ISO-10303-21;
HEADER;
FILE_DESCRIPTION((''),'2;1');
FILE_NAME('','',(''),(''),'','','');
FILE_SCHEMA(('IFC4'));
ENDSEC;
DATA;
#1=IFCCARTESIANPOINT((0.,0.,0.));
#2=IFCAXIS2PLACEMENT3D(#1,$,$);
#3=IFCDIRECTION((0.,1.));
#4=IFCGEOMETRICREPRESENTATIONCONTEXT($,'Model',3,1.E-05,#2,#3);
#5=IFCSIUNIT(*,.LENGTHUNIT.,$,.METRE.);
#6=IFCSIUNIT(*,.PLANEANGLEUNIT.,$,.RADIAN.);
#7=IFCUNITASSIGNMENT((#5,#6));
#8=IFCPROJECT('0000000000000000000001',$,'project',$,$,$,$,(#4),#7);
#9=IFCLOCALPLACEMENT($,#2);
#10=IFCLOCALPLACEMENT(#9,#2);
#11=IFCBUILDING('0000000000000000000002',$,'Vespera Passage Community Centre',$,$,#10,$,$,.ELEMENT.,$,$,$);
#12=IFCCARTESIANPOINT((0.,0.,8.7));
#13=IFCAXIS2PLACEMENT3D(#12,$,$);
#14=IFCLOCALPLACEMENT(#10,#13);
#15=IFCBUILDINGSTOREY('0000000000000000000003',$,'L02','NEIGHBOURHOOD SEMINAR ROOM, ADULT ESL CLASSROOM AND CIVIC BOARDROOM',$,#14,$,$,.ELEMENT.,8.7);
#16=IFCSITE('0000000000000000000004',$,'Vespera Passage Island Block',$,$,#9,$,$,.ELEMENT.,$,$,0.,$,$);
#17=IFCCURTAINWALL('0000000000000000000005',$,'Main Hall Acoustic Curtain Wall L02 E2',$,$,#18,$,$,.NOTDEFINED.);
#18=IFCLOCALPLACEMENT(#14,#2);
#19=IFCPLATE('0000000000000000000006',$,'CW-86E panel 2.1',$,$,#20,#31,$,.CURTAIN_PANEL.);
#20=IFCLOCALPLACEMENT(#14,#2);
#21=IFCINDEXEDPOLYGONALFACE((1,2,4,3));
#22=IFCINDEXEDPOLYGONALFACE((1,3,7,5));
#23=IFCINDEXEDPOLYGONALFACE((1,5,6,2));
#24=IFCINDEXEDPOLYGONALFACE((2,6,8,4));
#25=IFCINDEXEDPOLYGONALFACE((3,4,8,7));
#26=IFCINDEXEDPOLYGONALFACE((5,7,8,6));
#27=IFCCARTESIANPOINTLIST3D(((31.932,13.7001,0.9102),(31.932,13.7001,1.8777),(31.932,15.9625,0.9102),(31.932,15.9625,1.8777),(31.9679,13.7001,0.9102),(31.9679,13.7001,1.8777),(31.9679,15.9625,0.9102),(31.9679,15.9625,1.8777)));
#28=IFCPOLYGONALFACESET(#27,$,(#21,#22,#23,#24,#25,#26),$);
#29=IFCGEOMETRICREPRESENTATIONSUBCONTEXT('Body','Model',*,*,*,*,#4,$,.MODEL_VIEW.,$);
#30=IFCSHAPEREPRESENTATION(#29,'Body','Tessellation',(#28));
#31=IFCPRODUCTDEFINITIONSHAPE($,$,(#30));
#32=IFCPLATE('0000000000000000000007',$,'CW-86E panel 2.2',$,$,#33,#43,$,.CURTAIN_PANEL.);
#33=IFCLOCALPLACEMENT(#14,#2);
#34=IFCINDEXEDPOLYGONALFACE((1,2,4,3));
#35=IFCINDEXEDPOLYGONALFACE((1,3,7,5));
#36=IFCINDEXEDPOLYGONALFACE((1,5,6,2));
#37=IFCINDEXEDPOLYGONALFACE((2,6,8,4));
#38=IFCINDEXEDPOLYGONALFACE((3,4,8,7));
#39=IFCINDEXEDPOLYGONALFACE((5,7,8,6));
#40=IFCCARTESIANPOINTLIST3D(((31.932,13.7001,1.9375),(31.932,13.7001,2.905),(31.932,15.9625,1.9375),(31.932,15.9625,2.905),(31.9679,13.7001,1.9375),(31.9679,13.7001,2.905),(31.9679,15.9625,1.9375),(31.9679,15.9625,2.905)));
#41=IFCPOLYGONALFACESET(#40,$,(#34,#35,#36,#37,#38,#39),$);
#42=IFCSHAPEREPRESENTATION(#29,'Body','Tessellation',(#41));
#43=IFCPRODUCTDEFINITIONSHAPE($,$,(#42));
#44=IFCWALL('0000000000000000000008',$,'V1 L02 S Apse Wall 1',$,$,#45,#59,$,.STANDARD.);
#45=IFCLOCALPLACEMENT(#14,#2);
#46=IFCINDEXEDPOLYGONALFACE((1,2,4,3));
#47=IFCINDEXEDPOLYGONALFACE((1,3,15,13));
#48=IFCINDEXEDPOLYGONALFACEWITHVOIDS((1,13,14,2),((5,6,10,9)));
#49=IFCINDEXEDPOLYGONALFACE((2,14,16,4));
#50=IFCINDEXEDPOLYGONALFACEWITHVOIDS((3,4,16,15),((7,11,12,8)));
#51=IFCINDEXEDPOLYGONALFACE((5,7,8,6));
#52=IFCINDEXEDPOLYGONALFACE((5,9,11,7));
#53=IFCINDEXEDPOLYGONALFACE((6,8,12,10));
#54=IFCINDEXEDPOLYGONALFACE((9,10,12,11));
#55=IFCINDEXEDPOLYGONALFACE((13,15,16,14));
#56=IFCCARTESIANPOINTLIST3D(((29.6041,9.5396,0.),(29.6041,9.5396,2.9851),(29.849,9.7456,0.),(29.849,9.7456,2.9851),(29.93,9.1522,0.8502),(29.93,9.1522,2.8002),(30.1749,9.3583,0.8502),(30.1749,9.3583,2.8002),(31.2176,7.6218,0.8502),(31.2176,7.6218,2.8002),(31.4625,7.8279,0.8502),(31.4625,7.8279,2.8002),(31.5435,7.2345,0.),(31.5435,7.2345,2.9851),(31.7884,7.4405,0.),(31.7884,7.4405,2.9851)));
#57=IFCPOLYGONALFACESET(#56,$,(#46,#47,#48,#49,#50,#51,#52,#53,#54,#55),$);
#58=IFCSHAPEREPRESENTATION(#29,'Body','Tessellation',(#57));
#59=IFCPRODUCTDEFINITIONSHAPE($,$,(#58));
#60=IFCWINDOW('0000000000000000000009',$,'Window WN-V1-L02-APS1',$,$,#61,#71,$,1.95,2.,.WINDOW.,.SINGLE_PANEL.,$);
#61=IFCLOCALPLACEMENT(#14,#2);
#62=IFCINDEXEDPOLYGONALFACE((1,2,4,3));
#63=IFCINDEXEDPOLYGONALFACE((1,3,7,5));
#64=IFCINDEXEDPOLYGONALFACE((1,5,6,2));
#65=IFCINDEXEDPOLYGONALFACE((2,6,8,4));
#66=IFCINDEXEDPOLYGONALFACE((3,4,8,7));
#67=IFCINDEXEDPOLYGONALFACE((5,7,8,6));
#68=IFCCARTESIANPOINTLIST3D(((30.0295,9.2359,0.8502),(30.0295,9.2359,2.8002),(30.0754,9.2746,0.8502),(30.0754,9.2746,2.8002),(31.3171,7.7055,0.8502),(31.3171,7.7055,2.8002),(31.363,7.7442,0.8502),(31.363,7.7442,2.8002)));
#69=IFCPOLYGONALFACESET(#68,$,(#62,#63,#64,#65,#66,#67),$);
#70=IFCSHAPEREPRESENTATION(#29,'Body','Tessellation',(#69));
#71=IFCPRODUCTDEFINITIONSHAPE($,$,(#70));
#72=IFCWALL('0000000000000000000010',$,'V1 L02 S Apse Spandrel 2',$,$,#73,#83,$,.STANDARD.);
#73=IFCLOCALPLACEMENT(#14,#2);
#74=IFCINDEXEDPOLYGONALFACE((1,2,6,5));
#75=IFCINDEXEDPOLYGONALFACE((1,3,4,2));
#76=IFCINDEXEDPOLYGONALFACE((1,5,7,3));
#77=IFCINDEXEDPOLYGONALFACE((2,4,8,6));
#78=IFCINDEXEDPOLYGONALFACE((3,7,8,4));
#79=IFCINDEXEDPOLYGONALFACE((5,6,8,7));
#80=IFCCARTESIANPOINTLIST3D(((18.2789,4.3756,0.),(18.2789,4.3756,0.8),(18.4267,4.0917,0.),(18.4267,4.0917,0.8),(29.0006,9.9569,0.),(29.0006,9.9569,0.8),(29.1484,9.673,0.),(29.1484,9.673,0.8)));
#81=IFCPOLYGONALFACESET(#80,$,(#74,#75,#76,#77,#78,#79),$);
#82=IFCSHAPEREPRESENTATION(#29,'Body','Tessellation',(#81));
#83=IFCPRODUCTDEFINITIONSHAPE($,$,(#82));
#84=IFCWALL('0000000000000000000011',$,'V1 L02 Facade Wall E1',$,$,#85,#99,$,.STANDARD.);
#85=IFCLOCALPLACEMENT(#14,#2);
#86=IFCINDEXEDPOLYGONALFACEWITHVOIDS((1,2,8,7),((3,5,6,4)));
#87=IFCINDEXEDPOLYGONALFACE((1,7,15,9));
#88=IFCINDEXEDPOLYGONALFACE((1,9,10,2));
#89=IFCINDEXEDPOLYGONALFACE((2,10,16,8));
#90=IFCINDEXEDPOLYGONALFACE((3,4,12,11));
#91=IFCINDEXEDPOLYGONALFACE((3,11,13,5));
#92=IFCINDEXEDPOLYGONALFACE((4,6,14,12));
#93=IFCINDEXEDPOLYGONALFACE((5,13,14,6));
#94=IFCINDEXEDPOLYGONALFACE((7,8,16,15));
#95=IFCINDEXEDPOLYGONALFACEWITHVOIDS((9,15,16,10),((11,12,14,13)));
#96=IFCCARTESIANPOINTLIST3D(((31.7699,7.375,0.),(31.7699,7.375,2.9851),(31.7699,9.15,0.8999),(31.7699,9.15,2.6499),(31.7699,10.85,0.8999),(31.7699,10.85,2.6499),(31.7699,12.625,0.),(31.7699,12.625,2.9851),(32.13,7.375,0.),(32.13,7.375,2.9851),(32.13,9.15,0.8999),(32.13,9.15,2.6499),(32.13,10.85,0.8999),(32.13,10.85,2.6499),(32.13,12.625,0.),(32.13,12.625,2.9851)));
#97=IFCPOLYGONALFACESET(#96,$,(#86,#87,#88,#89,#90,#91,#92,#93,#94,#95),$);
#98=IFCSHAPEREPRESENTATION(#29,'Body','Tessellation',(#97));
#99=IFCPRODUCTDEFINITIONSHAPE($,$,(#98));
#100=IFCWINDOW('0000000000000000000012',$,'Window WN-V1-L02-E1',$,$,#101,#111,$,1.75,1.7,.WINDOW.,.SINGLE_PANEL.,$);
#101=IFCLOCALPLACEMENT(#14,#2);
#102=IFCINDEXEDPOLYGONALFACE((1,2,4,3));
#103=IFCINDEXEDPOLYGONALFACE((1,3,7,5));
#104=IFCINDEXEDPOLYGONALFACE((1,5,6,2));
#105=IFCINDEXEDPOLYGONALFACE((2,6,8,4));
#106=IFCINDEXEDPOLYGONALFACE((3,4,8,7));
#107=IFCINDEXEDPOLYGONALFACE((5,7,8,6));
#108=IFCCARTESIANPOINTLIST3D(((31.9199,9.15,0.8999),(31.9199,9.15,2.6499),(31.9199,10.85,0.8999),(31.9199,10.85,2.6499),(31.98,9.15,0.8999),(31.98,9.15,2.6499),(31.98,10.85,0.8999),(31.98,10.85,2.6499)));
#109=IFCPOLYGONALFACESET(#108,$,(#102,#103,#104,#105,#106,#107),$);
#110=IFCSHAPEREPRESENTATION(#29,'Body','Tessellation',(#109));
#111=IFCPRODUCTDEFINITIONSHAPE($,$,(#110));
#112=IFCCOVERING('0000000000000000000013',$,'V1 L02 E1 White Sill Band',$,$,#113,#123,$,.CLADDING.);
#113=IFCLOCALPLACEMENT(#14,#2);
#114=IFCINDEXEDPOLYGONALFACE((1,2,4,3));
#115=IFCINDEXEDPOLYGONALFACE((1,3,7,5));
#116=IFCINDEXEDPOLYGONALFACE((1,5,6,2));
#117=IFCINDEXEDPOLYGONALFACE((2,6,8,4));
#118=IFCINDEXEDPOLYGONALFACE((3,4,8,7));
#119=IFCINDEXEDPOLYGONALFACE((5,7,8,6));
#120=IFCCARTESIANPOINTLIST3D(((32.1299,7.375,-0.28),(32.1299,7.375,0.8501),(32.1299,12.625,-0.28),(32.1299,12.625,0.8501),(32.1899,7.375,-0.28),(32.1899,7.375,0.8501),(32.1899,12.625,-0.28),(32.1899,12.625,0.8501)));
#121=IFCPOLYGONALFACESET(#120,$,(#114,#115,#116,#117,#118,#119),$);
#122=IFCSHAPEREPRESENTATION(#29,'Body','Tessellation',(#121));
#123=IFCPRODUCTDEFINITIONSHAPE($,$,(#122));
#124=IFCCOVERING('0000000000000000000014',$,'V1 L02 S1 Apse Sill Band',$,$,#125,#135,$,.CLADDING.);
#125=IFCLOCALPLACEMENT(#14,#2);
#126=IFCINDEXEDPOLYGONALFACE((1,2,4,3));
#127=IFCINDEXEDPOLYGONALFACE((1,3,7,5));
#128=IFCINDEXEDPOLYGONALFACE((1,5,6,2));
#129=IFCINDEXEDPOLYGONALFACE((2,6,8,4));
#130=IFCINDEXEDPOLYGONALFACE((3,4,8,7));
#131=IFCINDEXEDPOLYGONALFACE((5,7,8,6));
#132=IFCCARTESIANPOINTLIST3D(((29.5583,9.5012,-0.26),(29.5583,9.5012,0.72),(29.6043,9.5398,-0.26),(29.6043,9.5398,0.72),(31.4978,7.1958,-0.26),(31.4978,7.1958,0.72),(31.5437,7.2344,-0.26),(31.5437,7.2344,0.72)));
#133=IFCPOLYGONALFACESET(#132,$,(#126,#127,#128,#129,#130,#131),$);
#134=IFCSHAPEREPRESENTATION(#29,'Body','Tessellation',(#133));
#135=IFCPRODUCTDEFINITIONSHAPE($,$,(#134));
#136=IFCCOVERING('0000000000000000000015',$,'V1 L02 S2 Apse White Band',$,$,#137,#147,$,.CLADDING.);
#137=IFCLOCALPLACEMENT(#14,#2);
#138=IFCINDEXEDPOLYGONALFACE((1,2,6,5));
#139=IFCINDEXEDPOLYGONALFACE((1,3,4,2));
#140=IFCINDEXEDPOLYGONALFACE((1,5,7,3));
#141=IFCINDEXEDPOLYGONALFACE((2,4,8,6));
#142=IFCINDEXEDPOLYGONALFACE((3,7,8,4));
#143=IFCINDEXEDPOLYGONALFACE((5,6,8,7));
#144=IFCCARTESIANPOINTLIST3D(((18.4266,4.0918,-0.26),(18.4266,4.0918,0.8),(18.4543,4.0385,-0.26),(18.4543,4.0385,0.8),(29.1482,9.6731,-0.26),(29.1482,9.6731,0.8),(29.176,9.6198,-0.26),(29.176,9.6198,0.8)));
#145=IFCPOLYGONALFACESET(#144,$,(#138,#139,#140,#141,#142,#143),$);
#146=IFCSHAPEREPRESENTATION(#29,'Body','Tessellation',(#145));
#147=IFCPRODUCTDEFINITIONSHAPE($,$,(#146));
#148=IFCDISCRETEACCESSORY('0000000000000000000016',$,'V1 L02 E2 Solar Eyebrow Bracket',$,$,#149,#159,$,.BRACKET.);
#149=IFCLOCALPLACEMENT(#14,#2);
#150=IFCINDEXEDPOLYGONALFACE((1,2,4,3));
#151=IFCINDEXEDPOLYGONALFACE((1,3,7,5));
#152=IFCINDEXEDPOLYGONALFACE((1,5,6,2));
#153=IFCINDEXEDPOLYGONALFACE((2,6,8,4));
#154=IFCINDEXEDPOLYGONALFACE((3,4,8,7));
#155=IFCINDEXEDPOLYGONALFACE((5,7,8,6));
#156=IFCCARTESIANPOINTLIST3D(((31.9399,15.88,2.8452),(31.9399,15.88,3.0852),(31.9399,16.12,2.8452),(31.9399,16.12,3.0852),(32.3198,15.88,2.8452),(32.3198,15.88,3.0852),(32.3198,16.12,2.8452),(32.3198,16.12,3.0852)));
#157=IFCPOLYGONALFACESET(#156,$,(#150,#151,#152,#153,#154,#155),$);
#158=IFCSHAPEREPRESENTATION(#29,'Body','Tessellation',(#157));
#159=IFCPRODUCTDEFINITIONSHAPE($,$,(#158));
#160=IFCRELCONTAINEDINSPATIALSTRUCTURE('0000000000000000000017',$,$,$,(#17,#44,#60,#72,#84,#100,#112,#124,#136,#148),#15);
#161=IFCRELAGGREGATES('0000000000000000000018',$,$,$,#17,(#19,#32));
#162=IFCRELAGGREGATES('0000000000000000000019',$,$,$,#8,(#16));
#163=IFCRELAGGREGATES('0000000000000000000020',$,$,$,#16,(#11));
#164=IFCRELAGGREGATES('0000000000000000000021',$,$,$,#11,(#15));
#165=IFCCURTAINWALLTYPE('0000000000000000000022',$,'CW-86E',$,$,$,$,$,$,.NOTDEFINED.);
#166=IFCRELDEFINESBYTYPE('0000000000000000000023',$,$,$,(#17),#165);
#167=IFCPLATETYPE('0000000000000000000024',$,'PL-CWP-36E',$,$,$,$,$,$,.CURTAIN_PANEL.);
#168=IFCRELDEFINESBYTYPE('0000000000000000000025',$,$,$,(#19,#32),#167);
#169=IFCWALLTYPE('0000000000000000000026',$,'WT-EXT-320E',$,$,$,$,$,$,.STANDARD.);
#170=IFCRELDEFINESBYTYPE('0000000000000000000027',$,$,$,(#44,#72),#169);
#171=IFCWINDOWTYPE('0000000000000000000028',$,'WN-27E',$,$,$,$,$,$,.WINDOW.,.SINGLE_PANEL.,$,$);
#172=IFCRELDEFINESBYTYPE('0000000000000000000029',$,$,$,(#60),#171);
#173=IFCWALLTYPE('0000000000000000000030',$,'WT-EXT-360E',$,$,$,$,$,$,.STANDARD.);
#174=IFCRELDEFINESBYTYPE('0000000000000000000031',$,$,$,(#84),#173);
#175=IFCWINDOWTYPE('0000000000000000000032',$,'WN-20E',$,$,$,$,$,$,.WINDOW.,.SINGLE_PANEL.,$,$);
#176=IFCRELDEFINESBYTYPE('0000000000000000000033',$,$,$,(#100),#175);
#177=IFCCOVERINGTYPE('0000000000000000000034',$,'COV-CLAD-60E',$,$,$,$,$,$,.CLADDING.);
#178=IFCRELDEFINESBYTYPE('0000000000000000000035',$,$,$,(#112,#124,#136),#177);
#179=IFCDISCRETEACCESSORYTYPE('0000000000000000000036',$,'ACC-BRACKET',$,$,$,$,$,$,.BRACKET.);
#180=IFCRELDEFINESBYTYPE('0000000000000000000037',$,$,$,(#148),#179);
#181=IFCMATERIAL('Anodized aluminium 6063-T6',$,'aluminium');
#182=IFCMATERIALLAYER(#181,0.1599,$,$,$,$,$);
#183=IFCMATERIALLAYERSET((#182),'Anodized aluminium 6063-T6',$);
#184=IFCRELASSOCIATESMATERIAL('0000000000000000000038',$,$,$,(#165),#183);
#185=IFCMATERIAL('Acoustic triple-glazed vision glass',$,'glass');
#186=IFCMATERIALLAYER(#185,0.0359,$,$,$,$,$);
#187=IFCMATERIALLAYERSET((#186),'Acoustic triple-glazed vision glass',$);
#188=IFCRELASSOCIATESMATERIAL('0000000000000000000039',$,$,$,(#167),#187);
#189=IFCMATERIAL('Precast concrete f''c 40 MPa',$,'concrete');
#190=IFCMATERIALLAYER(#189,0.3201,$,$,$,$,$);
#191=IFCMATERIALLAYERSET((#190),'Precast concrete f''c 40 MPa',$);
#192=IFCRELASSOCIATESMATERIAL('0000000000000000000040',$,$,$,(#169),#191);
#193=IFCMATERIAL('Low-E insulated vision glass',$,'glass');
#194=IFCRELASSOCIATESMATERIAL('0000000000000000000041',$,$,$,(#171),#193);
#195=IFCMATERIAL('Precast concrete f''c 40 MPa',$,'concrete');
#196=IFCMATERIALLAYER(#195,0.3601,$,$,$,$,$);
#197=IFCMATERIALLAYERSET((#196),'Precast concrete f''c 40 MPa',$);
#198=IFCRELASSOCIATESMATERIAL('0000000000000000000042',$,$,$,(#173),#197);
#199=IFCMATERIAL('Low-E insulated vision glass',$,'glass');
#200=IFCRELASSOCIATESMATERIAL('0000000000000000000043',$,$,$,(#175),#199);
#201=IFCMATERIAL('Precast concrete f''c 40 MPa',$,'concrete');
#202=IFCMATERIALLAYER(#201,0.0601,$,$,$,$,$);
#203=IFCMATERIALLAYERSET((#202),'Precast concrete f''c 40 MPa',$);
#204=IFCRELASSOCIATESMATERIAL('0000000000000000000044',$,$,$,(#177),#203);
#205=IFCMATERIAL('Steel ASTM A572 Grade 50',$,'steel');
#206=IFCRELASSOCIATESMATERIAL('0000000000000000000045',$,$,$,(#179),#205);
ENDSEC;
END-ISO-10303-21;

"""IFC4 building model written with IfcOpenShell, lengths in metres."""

from ifc_helpers import new_model, si_unit, direction, frame, frame_2d, origin, origin_2d, place, context, subcontext, project, spatial, rectangle, extrude, material, layer, layer_set, type_object, element, fill, aggregate, save


model = new_model("IFC4")

# Units and contexts
model_context = context("Model", 3, precision=1e-05, world=origin(), true_north=direction((0.0, 1.0)))
body_context = subcontext(model_context, "Body", "Model", "MODEL_VIEW")
ifc_project = project(units=[si_unit("LENGTHUNIT", "METRE"), si_unit("PLANEANGLEUNIT", "RADIAN")], contexts=[model_context])

# Site, building, storey
site_placement = place(None, origin())
site = spatial("IfcSite", under=ifc_project, at=site_placement, Name="Vespera Passage Island Block", CompositionType="ELEMENT", RefElevation=0.0)
building_placement = place(site_placement, origin())
building = spatial("IfcBuilding", under=site, at=building_placement, Name="Vespera Passage Community Centre", CompositionType="ELEMENT")
storey_placement = place(building_placement, frame((0.0, 0.0, 8.7)))
storey = spatial("IfcBuildingStorey", under=building, at=storey_placement, Name="L02", Description="NEIGHBOURHOOD SEMINAR ROOM, ADULT ESL CLASSROOM AND CIVIC BOARDROOM", CompositionType="ELEMENT", Elevation=8.7)

# Curtain wall
ifc_material_1 = material(Name="Anodized aluminium 6063-T6", Category="aluminium")
ifc_layer_1 = layer(ifc_material_1, 0.1599)
ifc_layer_set_1 = layer_set([ifc_layer_1], Name="Anodized aluminium 6063-T6")
curtain_wall_type_1 = type_object("IfcCurtainWallType", Name="CW-86E", PredefinedType="NOTDEFINED", material=ifc_layer_set_1)
curtain_wall_1_placement = place(storey_placement, origin())
curtain_wall_1 = element("IfcCurtainWall", 1, at=curtain_wall_1_placement, inside=storey, type_object=curtain_wall_type_1, Name="Main Hall Acoustic Curtain Wall L02 E2", PredefinedType="NOTDEFINED")

# Plates
ifc_material_2 = material(Name="Acoustic triple-glazed vision glass", Category="glass")
ifc_layer_2 = layer(ifc_material_2, 0.0359)
ifc_layer_set_2 = layer_set([ifc_layer_2], Name="Acoustic triple-glazed vision glass")
plate_type_1 = type_object("IfcPlateType", Name="PL-CWP-36E", PredefinedType="CURTAIN_PANEL", material=ifc_layer_set_2)
plate_1_placement = place(storey_placement, frame((31.95, 14.8313, 0.9102), z_axis=(0.0, 0.0, 1.0), x_axis=(0.0, -1.0, 0.0)))
plate_1 = element("IfcPlate", 2, at=plate_1_placement, type_object=plate_type_1, Name="CW-86E panel 2.1", PredefinedType="CURTAIN_PANEL", context=body_context, shape_type="SweptSolid", body=[
    extrude(rectangle(XDim=2.2625, YDim=0.0359, at=origin_2d()), origin(), (0.0, 0.0, 1.0), 0.9675),
])
plate_2_placement = place(storey_placement, frame((31.95, 14.8313, 1.9375), z_axis=(0.0, 0.0, 1.0), x_axis=(0.0, -1.0, 0.0)))
plate_2 = element("IfcPlate", 3, at=plate_2_placement, type_object=plate_type_1, Name="CW-86E panel 2.2", PredefinedType="CURTAIN_PANEL", context=body_context, shape_type="SweptSolid", body=[
    extrude(rectangle(XDim=2.2625, YDim=0.0359, at=origin_2d()), origin(), (0.0, 0.0, 1.0), 0.9675),
])
aggregate(curtain_wall_1, [plate_1, plate_2])

# Wall, opening, window
ifc_material_3 = material(Name="Precast concrete f'c 40 MPa", Category="concrete")
ifc_layer_3 = layer(ifc_material_3, 0.3201)
ifc_layer_set_3 = layer_set([ifc_layer_3], Name="Precast concrete f'c 40 MPa")
wall_type_1 = type_object("IfcWallType", Name="WT-EXT-320E", PredefinedType="STANDARD", material=ifc_layer_set_3)
wall_1_placement = place(storey_placement, frame((31.666, 7.3374, 0.0), z_axis=(0.0, 0.0, 1.0), x_axis=(-0.643796, 0.765197, 0.0)))
wall_1 = element("IfcWall", 4, at=wall_1_placement, inside=storey, type_object=wall_type_1, Name="V1 L02 S Apse Wall 1", PredefinedType="STANDARD", context=body_context, shape_type="SweptSolid", body=[
    extrude(rectangle(XDim=3.0125, YDim=0.3201, at=frame_2d((1.5063, 0.0))), origin(), (0.0, 0.0, 1.0), 2.9851),
])
opening_1_placement = place(wall_1_placement, frame((0.5063, 0.0, 0.8501)))
opening_1 = element("IfcOpeningElement", 5, at=opening_1_placement, cuts=wall_1, PredefinedType="OPENING", context=body_context, shape_type="SweptSolid", body=[
    extrude(rectangle(XDim=2.0, YDim=1.95, at=frame_2d((1.0, 0.9751))), frame((0.0, 0.1702, 0.0), z_axis=(0.0, -1.0, 0.0), x_axis=(1.0, 0.0, 0.0)), (0.0, 0.0, 1.0), 0.3401),
])
ifc_material_4 = material(Name="Low-E insulated vision glass", Category="glass")
window_type_1 = type_object("IfcWindowType", Name="WN-27E", PartitioningType="SINGLE_PANEL", PredefinedType="WINDOW", material=ifc_material_4)
window_1_placement = place(opening_1_placement, origin())
window_1 = element("IfcWindow", 6, at=window_1_placement, inside=storey, type_object=window_type_1, Name="Window WN-V1-L02-APS1", OverallHeight=1.95, OverallWidth=2.0, PartitioningType="SINGLE_PANEL", PredefinedType="WINDOW", context=body_context, shape_type="SweptSolid", body=[
    extrude(rectangle(XDim=2.0, YDim=1.95, at=frame_2d((1.0, 0.9751))), frame((0.0, 0.03, 0.0), z_axis=(0.0, -1.0, 0.0), x_axis=(1.0, 0.0, 0.0)), (0.0, 0.0, 1.0), 0.0601),
])
fill(opening_1, window_1)

# Wall
wall_2_placement = place(storey_placement, frame((29.0745, 9.8149, 0.0), z_axis=(0.0, 0.0, 1.0), x_axis=(-0.887013, -0.461745, 0.0)))
element("IfcWall", 7, at=wall_2_placement, inside=storey, type_object=wall_type_1, Name="V1 L02 S Apse Spandrel 2", PredefinedType="STANDARD", context=body_context, shape_type="SweptSolid", body=[
    extrude(rectangle(XDim=12.0874, YDim=0.3201, at=frame_2d((6.0437, 0.0))), origin(), (0.0, 0.0, 1.0), 0.8),
])

# Wall, opening, window
ifc_material_5 = material(Name="Precast concrete f'c 40 MPa", Category="concrete")
ifc_layer_4 = layer(ifc_material_5, 0.3601)
ifc_layer_set_4 = layer_set([ifc_layer_4], Name="Precast concrete f'c 40 MPa")
wall_type_2 = type_object("IfcWallType", Name="WT-EXT-360E", PredefinedType="STANDARD", material=ifc_layer_set_4)
wall_3_placement = place(storey_placement, frame((31.95, 12.625, 0.0), z_axis=(0.0, 0.0, 1.0), x_axis=(0.0, -1.0, 0.0)))
wall_3 = element("IfcWall", 8, at=wall_3_placement, inside=storey, type_object=wall_type_2, Name="V1 L02 Facade Wall E1", PredefinedType="STANDARD", context=body_context, shape_type="SweptSolid", body=[
    extrude(rectangle(XDim=5.25, YDim=0.3601, at=frame_2d((2.625, 0.0))), origin(), (0.0, 0.0, 1.0), 2.9851),
])
opening_2_placement = place(wall_3_placement, frame((1.7749, 0.0, 0.8999)))
opening_2 = element("IfcOpeningElement", 9, at=opening_2_placement, cuts=wall_3, PredefinedType="OPENING", context=body_context, shape_type="SweptSolid", body=[
    extrude(rectangle(XDim=1.7, YDim=1.75, at=frame_2d((0.8501, 0.875))), frame((0.0, 0.1902, 0.0), z_axis=(0.0, -1.0, 0.0), x_axis=(1.0, 0.0, 0.0)), (0.0, 0.0, 1.0), 0.3801),
])
ifc_material_6 = material(Name="Low-E insulated vision glass", Category="glass")
window_type_2 = type_object("IfcWindowType", Name="WN-20E", PartitioningType="SINGLE_PANEL", PredefinedType="WINDOW", material=ifc_material_6)
window_2_placement = place(opening_2_placement, origin())
window_2 = element("IfcWindow", 10, at=window_2_placement, inside=storey, type_object=window_type_2, Name="Window WN-V1-L02-E1", OverallHeight=1.75, OverallWidth=1.7, PartitioningType="SINGLE_PANEL", PredefinedType="WINDOW", context=body_context, shape_type="SweptSolid", body=[
    extrude(rectangle(XDim=1.7, YDim=1.75, at=frame_2d((0.8501, 0.875))), frame((0.0, 0.03, 0.0), z_axis=(0.0, -1.0, 0.0), x_axis=(1.0, 0.0, 0.0)), (0.0, 0.0, 1.0), 0.0601),
])
fill(opening_2, window_2)

# Coverings
ifc_material_7 = material(Name="Precast concrete f'c 40 MPa", Category="concrete")
ifc_layer_5 = layer(ifc_material_7, 0.0601)
ifc_layer_set_5 = layer_set([ifc_layer_5], Name="Precast concrete f'c 40 MPa")
covering_type = type_object("IfcCoveringType", Name="COV-CLAD-60E", PredefinedType="CLADDING", material=ifc_layer_set_5)
covering_1_placement = place(storey_placement, frame((32.1599, 12.625, -0.28), z_axis=(0.0, 0.0, 1.0), x_axis=(0.0, -1.0, 0.0)))
element("IfcCovering", 11, at=covering_1_placement, inside=storey, type_object=covering_type, Name="V1 L02 E1 White Sill Band", PredefinedType="CLADDING", context=body_context, shape_type="SweptSolid", body=[
    extrude(rectangle(XDim=5.25, YDim=0.0601, at=frame_2d((2.625, 0.0))), origin(), (0.0, 0.0, 1.0), 1.1301),
])
covering_2_placement = place(storey_placement, frame((31.5208, 7.2151, -0.26), z_axis=(0.0, 0.0, 1.0), x_axis=(-0.643756, 0.765231, 0.0)))
element("IfcCovering", 12, at=covering_2_placement, inside=storey, type_object=covering_type, Name="V1 L02 S1 Apse Sill Band", PredefinedType="CLADDING", context=body_context, shape_type="SweptSolid", body=[
    extrude(rectangle(XDim=3.0127, YDim=0.0601, at=frame_2d((1.5063, 0.0))), origin(), (0.0, 0.0, 1.0), 0.98),
])
covering_3_placement = place(storey_placement, frame((29.1621, 9.6465, -0.26), z_axis=(0.0, 0.0, 1.0), x_axis=(-0.887013, -0.461745, 0.0)))
element("IfcCovering", 13, at=covering_3_placement, inside=storey, type_object=covering_type, Name="V1 L02 S2 Apse White Band", PredefinedType="CLADDING", context=body_context, shape_type="SweptSolid", body=[
    extrude(rectangle(XDim=12.0874, YDim=0.0601, at=frame_2d((6.0437, 0.0))), origin(), (0.0, 0.0, 1.0), 1.0601),
])

# Discrete accessory
ifc_material_8 = material(Name="Steel ASTM A572 Grade 50", Category="steel")
discrete_accessory_type = type_object("IfcDiscreteAccessoryType", Name="ACC-BRACKET", PredefinedType="BRACKET", material=ifc_material_8)
discrete_accessory_placement = place(storey_placement, frame((32.1299, 16.0, 2.8452), z_axis=(0.0, 0.0, 1.0), x_axis=(0.0, -1.0, 0.0)))
element("IfcDiscreteAccessory", 14, at=discrete_accessory_placement, inside=storey, type_object=discrete_accessory_type, Name="V1 L02 E2 Solar Eyebrow Bracket", PredefinedType="BRACKET", context=body_context, shape_type="SweptSolid", body=[
    extrude(rectangle(XDim=0.24, YDim=0.3799, at=origin_2d()), origin(), (0.0, 0.0, 1.0), 0.24),
])

save(model, "model.ifc")
